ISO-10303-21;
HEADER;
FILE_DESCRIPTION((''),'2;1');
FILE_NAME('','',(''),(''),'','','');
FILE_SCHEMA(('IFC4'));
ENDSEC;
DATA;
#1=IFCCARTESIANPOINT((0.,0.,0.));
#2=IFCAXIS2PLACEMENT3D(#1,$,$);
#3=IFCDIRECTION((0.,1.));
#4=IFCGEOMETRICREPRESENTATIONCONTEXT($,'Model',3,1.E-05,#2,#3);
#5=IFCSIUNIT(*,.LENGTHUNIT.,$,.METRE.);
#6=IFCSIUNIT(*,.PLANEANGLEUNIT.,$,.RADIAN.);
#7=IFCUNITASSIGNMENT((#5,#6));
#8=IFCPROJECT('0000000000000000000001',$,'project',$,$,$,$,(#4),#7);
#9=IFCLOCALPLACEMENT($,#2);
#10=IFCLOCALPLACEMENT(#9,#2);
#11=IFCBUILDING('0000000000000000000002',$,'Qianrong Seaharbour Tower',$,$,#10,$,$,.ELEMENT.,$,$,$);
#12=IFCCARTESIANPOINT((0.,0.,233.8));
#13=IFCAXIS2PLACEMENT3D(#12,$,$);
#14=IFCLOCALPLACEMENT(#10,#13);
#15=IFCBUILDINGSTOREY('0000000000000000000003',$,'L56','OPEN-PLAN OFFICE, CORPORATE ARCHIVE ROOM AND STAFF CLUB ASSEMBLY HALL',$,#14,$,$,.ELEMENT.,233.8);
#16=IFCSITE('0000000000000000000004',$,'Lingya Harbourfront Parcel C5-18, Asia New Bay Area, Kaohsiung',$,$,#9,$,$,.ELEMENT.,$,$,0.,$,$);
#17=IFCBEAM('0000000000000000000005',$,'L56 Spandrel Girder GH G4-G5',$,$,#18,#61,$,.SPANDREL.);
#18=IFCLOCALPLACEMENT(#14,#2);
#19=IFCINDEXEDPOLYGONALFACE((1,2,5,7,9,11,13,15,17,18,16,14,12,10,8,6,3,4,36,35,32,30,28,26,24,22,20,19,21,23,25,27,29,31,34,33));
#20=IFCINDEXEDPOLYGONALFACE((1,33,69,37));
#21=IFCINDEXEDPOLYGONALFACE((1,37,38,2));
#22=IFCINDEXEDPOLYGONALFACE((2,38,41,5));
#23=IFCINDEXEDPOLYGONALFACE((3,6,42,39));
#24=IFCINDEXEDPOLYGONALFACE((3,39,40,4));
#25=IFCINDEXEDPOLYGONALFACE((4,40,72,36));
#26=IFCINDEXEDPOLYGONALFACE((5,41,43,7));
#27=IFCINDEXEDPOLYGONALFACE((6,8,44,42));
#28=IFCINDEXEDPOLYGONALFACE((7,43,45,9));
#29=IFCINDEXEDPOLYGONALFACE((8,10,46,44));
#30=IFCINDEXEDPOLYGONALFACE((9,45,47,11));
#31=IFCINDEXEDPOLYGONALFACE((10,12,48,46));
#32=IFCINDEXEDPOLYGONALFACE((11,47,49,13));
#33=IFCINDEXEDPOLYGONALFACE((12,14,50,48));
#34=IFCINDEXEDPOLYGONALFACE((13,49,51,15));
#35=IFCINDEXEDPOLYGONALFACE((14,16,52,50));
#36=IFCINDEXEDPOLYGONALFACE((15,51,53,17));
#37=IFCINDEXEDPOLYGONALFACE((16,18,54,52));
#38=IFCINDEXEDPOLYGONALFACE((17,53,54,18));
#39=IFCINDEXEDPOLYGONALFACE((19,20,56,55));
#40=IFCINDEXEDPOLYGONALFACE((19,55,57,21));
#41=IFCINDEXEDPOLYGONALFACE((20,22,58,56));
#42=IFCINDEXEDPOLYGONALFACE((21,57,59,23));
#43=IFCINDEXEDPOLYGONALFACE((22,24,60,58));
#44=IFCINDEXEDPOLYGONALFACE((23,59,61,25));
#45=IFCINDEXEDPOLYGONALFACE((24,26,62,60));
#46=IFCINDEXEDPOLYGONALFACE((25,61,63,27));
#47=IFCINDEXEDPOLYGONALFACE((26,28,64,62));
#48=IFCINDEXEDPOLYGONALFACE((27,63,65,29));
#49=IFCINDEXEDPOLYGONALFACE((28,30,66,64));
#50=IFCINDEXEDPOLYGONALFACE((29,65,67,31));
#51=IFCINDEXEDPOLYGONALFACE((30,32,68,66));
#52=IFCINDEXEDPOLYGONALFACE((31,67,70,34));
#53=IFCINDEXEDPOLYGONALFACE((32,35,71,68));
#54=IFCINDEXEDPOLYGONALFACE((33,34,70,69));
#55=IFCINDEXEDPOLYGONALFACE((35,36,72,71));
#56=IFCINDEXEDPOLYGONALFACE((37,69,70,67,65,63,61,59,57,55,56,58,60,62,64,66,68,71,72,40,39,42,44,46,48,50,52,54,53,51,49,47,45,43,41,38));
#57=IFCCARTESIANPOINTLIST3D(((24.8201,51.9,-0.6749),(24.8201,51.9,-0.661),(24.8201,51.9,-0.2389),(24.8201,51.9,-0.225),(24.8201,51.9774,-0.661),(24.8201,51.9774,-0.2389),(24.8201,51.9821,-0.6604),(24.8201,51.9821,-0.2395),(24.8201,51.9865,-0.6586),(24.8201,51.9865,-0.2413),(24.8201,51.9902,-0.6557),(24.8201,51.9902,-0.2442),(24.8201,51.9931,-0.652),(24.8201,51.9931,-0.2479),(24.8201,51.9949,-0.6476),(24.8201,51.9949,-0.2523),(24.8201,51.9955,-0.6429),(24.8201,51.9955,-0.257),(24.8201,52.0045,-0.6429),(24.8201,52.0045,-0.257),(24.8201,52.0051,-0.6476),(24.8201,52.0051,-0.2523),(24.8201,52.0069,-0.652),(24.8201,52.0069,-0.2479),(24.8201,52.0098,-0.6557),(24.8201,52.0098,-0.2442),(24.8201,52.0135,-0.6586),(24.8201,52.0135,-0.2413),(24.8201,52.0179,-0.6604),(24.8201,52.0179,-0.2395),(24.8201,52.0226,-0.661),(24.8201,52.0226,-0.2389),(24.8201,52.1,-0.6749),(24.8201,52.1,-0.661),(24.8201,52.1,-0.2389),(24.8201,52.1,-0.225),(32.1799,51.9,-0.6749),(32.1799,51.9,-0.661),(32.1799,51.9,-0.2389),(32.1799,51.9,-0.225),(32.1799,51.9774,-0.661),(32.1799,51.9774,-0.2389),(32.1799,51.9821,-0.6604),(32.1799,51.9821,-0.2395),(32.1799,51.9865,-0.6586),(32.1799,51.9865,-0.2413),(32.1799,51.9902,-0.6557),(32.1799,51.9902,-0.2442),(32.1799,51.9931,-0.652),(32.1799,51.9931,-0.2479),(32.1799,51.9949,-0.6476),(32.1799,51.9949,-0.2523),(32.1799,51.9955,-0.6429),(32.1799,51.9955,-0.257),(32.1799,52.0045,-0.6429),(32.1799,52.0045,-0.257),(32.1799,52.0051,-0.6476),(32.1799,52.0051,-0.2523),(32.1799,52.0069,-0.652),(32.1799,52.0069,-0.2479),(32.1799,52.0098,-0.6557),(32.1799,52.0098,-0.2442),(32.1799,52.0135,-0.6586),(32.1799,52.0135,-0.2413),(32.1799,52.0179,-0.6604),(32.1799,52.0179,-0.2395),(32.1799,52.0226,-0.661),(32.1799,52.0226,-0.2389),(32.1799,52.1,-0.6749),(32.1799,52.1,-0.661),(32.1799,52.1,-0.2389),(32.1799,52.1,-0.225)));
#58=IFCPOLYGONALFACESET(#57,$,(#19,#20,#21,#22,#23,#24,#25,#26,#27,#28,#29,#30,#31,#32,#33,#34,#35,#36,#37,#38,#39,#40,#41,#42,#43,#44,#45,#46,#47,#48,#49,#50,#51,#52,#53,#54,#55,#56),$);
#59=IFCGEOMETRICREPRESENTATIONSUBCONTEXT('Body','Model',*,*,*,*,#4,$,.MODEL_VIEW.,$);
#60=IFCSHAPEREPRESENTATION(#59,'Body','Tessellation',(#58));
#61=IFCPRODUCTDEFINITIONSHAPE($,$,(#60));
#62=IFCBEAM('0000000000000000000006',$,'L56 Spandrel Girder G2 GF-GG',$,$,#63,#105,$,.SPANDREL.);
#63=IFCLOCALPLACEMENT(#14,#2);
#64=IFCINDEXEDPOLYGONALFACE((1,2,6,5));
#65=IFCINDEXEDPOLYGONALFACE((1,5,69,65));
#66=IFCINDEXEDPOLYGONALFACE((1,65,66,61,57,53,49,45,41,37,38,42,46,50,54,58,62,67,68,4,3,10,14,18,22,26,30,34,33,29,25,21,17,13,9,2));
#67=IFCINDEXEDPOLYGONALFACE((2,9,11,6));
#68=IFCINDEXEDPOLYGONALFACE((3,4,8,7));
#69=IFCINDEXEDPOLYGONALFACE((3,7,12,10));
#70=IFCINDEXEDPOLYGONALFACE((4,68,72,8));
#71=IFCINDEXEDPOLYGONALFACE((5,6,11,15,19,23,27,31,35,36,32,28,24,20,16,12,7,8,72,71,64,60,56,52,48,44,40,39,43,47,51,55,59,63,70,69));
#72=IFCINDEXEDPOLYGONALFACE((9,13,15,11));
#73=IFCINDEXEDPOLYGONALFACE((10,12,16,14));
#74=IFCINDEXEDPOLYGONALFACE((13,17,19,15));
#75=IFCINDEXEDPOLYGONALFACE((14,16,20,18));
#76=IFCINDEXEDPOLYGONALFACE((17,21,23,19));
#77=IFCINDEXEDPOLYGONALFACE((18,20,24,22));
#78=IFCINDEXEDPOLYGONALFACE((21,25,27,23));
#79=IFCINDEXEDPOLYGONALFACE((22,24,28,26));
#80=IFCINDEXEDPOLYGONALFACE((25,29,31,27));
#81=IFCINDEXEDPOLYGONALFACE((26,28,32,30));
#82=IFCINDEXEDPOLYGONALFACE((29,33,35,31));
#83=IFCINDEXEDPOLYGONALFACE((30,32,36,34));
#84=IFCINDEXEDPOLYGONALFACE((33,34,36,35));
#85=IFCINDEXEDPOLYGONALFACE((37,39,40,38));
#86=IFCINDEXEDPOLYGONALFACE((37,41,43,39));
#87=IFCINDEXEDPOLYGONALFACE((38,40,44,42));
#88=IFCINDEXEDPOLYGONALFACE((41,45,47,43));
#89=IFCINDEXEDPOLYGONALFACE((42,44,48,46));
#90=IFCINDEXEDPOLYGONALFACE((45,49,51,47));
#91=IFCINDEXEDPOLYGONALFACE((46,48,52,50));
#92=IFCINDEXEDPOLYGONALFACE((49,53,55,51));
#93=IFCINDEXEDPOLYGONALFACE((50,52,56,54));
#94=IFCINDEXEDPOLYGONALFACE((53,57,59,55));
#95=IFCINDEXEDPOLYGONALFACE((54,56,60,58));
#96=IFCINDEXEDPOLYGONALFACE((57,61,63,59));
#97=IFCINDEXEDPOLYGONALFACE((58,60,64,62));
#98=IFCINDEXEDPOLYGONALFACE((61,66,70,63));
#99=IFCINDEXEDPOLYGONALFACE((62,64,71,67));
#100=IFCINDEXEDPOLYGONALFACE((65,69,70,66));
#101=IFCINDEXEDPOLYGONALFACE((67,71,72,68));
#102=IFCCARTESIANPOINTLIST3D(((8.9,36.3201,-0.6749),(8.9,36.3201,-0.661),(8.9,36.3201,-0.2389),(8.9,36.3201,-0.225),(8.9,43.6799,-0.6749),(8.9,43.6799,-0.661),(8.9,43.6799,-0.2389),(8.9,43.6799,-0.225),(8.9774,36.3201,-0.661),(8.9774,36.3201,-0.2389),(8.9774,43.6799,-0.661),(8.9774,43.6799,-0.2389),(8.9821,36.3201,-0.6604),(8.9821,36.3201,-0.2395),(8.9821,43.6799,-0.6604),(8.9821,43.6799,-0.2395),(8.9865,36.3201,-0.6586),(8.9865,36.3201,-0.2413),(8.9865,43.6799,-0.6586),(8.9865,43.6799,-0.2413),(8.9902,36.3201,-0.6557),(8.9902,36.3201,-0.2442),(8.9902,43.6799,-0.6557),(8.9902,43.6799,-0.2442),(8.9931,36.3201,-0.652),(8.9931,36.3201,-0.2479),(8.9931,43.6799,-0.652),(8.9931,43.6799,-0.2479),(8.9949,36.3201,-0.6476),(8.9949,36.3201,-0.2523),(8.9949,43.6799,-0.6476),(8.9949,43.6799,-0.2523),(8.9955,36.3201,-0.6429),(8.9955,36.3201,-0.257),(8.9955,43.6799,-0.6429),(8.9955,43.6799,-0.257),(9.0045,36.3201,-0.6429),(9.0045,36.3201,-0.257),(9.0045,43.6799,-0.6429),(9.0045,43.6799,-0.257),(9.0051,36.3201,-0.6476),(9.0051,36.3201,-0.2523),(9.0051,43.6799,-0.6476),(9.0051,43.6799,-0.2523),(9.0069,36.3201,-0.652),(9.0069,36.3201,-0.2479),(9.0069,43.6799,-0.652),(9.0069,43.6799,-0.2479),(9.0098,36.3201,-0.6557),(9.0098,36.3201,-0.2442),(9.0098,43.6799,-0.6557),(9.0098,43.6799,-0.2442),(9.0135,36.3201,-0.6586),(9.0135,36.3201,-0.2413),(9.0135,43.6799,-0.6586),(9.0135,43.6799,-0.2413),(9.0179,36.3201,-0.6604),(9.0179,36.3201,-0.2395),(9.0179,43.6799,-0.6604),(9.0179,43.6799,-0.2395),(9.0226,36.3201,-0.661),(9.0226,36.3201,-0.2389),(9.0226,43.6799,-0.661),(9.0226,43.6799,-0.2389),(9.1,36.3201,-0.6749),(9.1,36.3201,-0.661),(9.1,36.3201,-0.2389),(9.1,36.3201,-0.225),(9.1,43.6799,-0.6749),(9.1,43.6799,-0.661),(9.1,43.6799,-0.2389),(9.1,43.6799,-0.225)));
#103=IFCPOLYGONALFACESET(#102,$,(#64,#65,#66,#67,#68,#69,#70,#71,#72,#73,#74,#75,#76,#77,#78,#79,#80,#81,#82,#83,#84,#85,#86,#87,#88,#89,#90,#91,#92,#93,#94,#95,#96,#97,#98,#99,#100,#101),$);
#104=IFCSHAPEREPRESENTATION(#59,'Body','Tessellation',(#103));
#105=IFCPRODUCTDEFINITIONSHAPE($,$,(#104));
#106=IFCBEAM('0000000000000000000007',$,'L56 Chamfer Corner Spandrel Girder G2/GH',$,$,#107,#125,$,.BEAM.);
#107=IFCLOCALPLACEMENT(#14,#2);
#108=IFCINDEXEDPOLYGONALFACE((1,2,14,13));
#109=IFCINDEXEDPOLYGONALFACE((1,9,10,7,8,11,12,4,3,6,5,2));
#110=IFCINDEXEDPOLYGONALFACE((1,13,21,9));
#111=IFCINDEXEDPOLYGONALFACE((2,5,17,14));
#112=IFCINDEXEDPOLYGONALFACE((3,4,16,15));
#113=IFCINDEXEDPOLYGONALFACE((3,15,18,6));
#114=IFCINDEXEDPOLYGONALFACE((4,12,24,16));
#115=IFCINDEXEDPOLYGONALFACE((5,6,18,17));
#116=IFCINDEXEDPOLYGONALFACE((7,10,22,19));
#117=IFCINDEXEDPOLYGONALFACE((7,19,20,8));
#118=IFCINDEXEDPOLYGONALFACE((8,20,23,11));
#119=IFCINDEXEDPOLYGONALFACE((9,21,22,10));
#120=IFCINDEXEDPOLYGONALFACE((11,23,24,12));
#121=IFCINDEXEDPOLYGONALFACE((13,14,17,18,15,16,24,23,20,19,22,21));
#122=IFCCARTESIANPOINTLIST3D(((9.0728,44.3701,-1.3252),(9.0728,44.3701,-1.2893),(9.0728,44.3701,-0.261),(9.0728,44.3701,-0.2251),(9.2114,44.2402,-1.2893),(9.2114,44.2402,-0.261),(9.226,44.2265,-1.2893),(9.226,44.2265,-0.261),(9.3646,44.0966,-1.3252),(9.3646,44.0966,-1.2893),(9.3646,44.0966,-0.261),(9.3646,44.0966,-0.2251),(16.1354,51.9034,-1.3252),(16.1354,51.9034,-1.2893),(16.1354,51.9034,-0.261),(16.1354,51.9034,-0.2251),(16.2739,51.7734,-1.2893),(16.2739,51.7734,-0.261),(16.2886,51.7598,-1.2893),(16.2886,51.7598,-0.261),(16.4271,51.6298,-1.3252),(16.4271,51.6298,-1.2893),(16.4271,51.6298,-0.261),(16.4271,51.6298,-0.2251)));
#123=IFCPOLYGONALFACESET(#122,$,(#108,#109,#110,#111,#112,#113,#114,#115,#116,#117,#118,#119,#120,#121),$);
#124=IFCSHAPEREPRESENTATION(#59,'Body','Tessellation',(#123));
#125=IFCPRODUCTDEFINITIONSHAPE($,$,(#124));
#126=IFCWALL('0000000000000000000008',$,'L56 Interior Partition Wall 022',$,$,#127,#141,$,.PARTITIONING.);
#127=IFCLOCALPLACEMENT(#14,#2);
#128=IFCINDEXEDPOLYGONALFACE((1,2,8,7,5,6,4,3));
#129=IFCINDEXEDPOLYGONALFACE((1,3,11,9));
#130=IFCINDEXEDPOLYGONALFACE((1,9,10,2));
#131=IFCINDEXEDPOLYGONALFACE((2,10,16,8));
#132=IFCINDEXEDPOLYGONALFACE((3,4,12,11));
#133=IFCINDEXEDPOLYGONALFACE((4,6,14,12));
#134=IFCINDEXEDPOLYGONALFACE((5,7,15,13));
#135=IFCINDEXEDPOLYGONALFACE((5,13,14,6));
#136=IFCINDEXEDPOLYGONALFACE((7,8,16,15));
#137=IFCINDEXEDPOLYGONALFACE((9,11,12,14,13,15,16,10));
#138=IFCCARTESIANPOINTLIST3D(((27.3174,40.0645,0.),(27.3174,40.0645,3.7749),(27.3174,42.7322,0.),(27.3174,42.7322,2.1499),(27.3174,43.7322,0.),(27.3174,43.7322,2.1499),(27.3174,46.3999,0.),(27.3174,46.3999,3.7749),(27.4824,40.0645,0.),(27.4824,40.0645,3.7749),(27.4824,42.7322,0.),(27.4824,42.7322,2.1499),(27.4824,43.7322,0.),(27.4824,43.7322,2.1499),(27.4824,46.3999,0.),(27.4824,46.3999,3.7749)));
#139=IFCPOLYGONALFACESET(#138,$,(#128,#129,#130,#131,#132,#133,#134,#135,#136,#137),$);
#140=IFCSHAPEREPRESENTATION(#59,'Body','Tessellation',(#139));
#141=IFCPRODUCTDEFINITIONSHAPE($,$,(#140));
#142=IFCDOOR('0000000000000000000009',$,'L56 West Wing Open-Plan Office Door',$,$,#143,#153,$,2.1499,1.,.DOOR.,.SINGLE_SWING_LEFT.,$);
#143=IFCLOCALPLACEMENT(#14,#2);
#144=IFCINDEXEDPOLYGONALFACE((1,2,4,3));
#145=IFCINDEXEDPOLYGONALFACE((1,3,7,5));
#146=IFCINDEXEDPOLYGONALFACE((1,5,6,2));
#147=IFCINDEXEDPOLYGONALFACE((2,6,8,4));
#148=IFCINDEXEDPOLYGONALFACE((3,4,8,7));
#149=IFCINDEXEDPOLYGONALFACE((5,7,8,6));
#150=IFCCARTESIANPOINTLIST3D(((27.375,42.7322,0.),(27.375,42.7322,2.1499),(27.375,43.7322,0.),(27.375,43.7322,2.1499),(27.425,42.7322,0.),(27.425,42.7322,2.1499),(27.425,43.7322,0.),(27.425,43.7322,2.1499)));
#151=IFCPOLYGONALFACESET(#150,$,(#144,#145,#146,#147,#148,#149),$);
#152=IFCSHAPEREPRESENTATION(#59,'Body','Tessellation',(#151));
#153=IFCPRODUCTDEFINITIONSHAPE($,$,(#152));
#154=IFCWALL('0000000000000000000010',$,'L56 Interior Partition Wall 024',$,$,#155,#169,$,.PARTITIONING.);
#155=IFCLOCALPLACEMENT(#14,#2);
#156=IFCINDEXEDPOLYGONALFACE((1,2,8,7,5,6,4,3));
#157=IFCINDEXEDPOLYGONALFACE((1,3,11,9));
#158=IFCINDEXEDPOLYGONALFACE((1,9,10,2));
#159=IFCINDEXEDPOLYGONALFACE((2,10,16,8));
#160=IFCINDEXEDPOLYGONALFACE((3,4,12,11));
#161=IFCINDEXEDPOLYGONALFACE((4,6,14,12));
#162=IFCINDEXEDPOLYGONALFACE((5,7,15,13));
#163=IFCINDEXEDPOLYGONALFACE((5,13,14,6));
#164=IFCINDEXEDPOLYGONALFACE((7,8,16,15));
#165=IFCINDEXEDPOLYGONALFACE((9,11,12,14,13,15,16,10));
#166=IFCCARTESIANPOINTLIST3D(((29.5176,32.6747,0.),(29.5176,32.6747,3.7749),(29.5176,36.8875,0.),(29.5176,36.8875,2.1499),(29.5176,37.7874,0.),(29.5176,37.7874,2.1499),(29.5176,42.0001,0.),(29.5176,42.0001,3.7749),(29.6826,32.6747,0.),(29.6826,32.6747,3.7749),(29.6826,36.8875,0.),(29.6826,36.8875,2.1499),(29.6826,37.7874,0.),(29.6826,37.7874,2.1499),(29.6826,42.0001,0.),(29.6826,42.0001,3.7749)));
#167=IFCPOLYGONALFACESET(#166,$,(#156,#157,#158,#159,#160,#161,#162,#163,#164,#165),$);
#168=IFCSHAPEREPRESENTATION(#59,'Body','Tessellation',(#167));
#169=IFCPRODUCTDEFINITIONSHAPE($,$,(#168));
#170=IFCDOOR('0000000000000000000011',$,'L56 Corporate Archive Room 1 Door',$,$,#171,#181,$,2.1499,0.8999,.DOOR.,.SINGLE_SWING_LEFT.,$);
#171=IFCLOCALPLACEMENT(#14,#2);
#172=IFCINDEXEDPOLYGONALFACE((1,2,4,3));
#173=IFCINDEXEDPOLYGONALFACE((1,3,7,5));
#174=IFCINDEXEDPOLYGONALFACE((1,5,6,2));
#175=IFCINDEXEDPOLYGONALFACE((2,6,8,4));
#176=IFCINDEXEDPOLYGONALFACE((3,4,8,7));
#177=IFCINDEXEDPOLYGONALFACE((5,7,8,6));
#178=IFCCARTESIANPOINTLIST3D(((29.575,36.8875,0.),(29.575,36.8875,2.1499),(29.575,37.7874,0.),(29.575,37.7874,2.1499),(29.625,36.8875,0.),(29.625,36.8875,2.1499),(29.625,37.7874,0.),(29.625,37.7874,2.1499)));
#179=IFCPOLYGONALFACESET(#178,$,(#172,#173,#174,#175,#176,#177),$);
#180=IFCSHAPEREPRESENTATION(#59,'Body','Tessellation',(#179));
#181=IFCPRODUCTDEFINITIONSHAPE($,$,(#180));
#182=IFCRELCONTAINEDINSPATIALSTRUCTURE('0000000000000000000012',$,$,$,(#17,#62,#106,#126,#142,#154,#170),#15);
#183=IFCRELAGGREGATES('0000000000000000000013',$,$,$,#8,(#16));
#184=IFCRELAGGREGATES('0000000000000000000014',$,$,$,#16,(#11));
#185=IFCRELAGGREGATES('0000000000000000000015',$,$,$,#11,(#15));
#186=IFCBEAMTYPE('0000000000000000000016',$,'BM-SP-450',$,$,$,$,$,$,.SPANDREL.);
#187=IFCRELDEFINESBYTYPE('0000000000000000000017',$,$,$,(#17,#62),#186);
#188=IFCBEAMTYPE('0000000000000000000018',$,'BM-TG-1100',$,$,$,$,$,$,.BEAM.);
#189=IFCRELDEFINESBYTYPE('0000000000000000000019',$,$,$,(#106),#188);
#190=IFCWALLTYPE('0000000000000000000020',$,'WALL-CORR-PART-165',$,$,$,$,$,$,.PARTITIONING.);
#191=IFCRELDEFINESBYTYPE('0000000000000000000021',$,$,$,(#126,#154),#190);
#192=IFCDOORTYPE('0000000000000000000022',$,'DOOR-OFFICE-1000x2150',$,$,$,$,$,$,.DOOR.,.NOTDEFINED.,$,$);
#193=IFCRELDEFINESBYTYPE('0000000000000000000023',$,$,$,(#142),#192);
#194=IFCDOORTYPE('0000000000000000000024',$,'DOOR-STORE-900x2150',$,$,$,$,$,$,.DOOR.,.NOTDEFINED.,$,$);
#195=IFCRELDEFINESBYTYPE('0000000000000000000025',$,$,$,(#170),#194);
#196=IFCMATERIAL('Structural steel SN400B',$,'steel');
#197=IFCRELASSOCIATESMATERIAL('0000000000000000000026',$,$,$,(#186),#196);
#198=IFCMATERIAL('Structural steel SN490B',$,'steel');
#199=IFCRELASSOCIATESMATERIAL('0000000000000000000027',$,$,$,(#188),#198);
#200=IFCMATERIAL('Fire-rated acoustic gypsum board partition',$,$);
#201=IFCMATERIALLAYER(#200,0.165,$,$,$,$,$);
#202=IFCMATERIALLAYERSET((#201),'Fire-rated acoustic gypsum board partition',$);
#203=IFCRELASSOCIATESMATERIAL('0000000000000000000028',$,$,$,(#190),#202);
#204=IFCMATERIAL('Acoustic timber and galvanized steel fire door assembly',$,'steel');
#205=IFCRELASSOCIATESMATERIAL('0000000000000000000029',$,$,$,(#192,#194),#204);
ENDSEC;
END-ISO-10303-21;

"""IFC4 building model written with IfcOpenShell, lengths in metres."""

from ifc_helpers import new_model, si_unit, direction, frame, frame_2d, origin, origin_2d, place, context, subcontext, project, spatial, rectangle, i_section, extrude, material, layer, layer_set, material_profile, profile_set, type_object, element, fill, save


model = new_model("IFC4")

# Units and contexts
model_context = context("Model", 3, precision=1e-05, world=origin(), true_north=direction((0.0, 1.0)))
body_context = subcontext(model_context, "Body", "Model", "MODEL_VIEW")
ifc_project = project(units=[si_unit("LENGTHUNIT", "METRE"), si_unit("PLANEANGLEUNIT", "RADIAN")], contexts=[model_context])

# Site, building, storey
site_placement = place(None, origin())
site = spatial("IfcSite", under=ifc_project, at=site_placement, Name="Lingya Harbourfront Parcel C5-18, Asia New Bay Area, Kaohsiung", CompositionType="ELEMENT", RefElevation=0.0)
building_placement = place(site_placement, origin())
building = spatial("IfcBuilding", under=site, at=building_placement, Name="Qianrong Seaharbour Tower", CompositionType="ELEMENT")
storey_placement = place(building_placement, frame((0.0, 0.0, 233.8)))
storey = spatial("IfcBuildingStorey", under=building, at=storey_placement, Name="L56", Description="OPEN-PLAN OFFICE, CORPORATE ARCHIVE ROOM AND STAFF CLUB ASSEMBLY HALL", CompositionType="ELEMENT", Elevation=233.8)

# Shared definitions
ifc_material_1 = material(Name="Structural steel SN490B", Category="steel")

# Beams
ifc_material_2 = material(Name="Structural steel SN400B", Category="steel")
ifc_material_profile_1 = material_profile(ifc_material_2, i_section(OverallWidth=0.2, OverallDepth=0.45, WebThickness=0.009, FlangeThickness=0.0139, FilletRadius=0.0181, at=origin_2d()), Name="H450x200x9x14")
ifc_profile_set_1 = profile_set([ifc_material_profile_1], Name="Structural steel SN400B")
beam_type_1 = type_object("IfcBeamType", Name="BM-SP-450", PredefinedType="SPANDREL", material=ifc_profile_set_1)
for number, where, z_axis, x_axis, name in (
    (1, (24.8201, 52.0, -0.45), (1.0, 0.0, 0.0), (0.0, 1.0, 0.0), "L56 Spandrel Girder GH G4-G5"),
    (2, (9.0, 36.3201, -0.45), (0.0, 1.0, 0.0), (-1.0, 0.0, 0.0), "L56 Spandrel Girder G2 GF-GG"),
):
    element("IfcBeam", number, at=place(storey_placement, frame(where, z_axis=z_axis, x_axis=x_axis)), inside=storey, type_object=beam_type_1, Name=name, PredefinedType="SPANDREL", context=body_context, shape_type="SweptSolid", body=[
        extrude(i_section(OverallWidth=0.2, OverallDepth=0.45, WebThickness=0.009, FlangeThickness=0.0139, FilletRadius=0.0181, at=origin_2d()), origin(), (0.0, 0.0, 1.0), 7.3599),
    ])
ifc_material_profile_2 = material_profile(ifc_material_1, i_section(OverallWidth=0.3999, OverallDepth=1.1001, WebThickness=0.02, FlangeThickness=0.0359, at=origin_2d()), Name="BH1100x400x20x36")
ifc_profile_set_2 = profile_set([ifc_material_profile_2], Name="Structural steel SN490B")
beam_type_2 = type_object("IfcBeamType", Name="BM-TG-1100", PredefinedType="BEAM", material=ifc_profile_set_2)
beam_1_placement = place(storey_placement, frame((16.2812, 51.7666, -0.7751), z_axis=(-0.683947, -0.729531, 0.0), x_axis=(0.729531, -0.683947, 0.0)))
element("IfcBeam", 3, at=beam_1_placement, inside=storey, type_object=beam_type_2, Name="L56 Chamfer Corner Spandrel Girder G2/GH", PredefinedType="BEAM", context=body_context, shape_type="SweptSolid", body=[
    extrude(i_section(OverallWidth=0.3999, OverallDepth=1.1001, WebThickness=0.02, FlangeThickness=0.0359, at=origin_2d()), origin(), (0.0, 0.0, 1.0), 10.3262),
])

# Walls, openings, doors
ifc_material_3 = material(Name="Fire-rated acoustic gypsum board partition")
ifc_layer_1 = layer(ifc_material_3, 0.165)
ifc_layer_set_1 = layer_set([ifc_layer_1], Name="Fire-rated acoustic gypsum board partition")
wall_type_1 = type_object("IfcWallType", Name="WALL-CORR-PART-165", PredefinedType="PARTITIONING", material=ifc_layer_set_1)
wall_1_placement = place(storey_placement, frame((27.3999, 40.0645, 0.0), z_axis=(0.0, 0.0, 1.0), x_axis=(0.0, 1.0, 0.0)))
wall_1 = element("IfcWall", 4, at=wall_1_placement, inside=storey, type_object=wall_type_1, Name="L56 Interior Partition Wall 022", PredefinedType="PARTITIONING", context=body_context, shape_type="SweptSolid", body=[
    extrude(rectangle(XDim=6.3354, YDim=0.165, at=frame_2d((3.1677, 0.0))), origin(), (0.0, 0.0, 1.0), 3.7749),
])
opening_1_placement = place(wall_1_placement, frame((2.6677, 0.0, 0.0)))
opening_1 = element("IfcOpeningElement", 5, at=opening_1_placement, cuts=wall_1, PredefinedType="OPENING", context=body_context, shape_type="SweptSolid", body=[
    extrude(rectangle(XDim=1.0, YDim=2.1499, at=frame_2d((0.5, 1.075))), frame((0.0, 0.0925, 0.0), z_axis=(0.0, -1.0, 0.0), x_axis=(1.0, 0.0, 0.0)), (0.0, 0.0, 1.0), 0.1851),
])
ifc_material_4 = material(Name="Acoustic timber and galvanized steel fire door assembly", Category="steel")
door_type_1 = type_object("IfcDoorType", Name="DOOR-OFFICE-1000x2150", OperationType="NOTDEFINED", PredefinedType="DOOR", material=ifc_material_4)
door_1_placement = place(opening_1_placement, origin())
door_1 = element("IfcDoor", 6, at=door_1_placement, inside=storey, type_object=door_type_1, Name="L56 West Wing Open-Plan Office Door", OperationType="SINGLE_SWING_LEFT", OverallHeight=2.1499, OverallWidth=1.0, PredefinedType="DOOR", context=body_context, shape_type="SweptSolid", body=[
    extrude(rectangle(XDim=1.0, YDim=2.1499, at=frame_2d((0.5, 1.075))), frame((0.0, 0.0249, 0.0), z_axis=(0.0, -1.0, 0.0), x_axis=(1.0, 0.0, 0.0)), (0.0, 0.0, 1.0), 0.05),
])
fill(opening_1, door_1)
wall_2_placement = place(storey_placement, frame((29.6001, 42.0, 0.0), z_axis=(0.0, 0.0, 1.0), x_axis=(0.0, -1.0, 0.0)))
wall_2 = element("IfcWall", 7, at=wall_2_placement, inside=storey, type_object=wall_type_1, Name="L56 Interior Partition Wall 024", PredefinedType="PARTITIONING", context=body_context, shape_type="SweptSolid", body=[
    extrude(rectangle(XDim=9.3254, YDim=0.165, at=frame_2d((4.6626, 0.0))), origin(), (0.0, 0.0, 1.0), 3.7749),
])
opening_2_placement = place(wall_2_placement, frame((4.2126, 0.0, 0.0)))
opening_2 = element("IfcOpeningElement", 8, at=opening_2_placement, cuts=wall_2, PredefinedType="OPENING", context=body_context, shape_type="SweptSolid", body=[
    extrude(rectangle(XDim=0.8999, YDim=2.1499, at=frame_2d((0.45, 1.075))), frame((0.0, 0.0925, 0.0), z_axis=(0.0, -1.0, 0.0), x_axis=(1.0, 0.0, 0.0)), (0.0, 0.0, 1.0), 0.1851),
])
door_type_2 = type_object("IfcDoorType", Name="DOOR-STORE-900x2150", OperationType="NOTDEFINED", PredefinedType="DOOR", material=ifc_material_4)
door_2_placement = place(opening_2_placement, origin())
door_2 = element("IfcDoor", 9, at=door_2_placement, inside=storey, type_object=door_type_2, Name="L56 Corporate Archive Room 1 Door", OperationType="SINGLE_SWING_LEFT", OverallHeight=2.1499, OverallWidth=0.8999, PredefinedType="DOOR", context=body_context, shape_type="SweptSolid", body=[
    extrude(rectangle(XDim=0.8999, YDim=2.1499, at=frame_2d((0.45, 1.075))), frame((0.0, 0.0249, 0.0), z_axis=(0.0, -1.0, 0.0), x_axis=(1.0, 0.0, 0.0)), (0.0, 0.0, 1.0), 0.05),
])
fill(opening_2, door_2)

save(model, "model.ifc")
